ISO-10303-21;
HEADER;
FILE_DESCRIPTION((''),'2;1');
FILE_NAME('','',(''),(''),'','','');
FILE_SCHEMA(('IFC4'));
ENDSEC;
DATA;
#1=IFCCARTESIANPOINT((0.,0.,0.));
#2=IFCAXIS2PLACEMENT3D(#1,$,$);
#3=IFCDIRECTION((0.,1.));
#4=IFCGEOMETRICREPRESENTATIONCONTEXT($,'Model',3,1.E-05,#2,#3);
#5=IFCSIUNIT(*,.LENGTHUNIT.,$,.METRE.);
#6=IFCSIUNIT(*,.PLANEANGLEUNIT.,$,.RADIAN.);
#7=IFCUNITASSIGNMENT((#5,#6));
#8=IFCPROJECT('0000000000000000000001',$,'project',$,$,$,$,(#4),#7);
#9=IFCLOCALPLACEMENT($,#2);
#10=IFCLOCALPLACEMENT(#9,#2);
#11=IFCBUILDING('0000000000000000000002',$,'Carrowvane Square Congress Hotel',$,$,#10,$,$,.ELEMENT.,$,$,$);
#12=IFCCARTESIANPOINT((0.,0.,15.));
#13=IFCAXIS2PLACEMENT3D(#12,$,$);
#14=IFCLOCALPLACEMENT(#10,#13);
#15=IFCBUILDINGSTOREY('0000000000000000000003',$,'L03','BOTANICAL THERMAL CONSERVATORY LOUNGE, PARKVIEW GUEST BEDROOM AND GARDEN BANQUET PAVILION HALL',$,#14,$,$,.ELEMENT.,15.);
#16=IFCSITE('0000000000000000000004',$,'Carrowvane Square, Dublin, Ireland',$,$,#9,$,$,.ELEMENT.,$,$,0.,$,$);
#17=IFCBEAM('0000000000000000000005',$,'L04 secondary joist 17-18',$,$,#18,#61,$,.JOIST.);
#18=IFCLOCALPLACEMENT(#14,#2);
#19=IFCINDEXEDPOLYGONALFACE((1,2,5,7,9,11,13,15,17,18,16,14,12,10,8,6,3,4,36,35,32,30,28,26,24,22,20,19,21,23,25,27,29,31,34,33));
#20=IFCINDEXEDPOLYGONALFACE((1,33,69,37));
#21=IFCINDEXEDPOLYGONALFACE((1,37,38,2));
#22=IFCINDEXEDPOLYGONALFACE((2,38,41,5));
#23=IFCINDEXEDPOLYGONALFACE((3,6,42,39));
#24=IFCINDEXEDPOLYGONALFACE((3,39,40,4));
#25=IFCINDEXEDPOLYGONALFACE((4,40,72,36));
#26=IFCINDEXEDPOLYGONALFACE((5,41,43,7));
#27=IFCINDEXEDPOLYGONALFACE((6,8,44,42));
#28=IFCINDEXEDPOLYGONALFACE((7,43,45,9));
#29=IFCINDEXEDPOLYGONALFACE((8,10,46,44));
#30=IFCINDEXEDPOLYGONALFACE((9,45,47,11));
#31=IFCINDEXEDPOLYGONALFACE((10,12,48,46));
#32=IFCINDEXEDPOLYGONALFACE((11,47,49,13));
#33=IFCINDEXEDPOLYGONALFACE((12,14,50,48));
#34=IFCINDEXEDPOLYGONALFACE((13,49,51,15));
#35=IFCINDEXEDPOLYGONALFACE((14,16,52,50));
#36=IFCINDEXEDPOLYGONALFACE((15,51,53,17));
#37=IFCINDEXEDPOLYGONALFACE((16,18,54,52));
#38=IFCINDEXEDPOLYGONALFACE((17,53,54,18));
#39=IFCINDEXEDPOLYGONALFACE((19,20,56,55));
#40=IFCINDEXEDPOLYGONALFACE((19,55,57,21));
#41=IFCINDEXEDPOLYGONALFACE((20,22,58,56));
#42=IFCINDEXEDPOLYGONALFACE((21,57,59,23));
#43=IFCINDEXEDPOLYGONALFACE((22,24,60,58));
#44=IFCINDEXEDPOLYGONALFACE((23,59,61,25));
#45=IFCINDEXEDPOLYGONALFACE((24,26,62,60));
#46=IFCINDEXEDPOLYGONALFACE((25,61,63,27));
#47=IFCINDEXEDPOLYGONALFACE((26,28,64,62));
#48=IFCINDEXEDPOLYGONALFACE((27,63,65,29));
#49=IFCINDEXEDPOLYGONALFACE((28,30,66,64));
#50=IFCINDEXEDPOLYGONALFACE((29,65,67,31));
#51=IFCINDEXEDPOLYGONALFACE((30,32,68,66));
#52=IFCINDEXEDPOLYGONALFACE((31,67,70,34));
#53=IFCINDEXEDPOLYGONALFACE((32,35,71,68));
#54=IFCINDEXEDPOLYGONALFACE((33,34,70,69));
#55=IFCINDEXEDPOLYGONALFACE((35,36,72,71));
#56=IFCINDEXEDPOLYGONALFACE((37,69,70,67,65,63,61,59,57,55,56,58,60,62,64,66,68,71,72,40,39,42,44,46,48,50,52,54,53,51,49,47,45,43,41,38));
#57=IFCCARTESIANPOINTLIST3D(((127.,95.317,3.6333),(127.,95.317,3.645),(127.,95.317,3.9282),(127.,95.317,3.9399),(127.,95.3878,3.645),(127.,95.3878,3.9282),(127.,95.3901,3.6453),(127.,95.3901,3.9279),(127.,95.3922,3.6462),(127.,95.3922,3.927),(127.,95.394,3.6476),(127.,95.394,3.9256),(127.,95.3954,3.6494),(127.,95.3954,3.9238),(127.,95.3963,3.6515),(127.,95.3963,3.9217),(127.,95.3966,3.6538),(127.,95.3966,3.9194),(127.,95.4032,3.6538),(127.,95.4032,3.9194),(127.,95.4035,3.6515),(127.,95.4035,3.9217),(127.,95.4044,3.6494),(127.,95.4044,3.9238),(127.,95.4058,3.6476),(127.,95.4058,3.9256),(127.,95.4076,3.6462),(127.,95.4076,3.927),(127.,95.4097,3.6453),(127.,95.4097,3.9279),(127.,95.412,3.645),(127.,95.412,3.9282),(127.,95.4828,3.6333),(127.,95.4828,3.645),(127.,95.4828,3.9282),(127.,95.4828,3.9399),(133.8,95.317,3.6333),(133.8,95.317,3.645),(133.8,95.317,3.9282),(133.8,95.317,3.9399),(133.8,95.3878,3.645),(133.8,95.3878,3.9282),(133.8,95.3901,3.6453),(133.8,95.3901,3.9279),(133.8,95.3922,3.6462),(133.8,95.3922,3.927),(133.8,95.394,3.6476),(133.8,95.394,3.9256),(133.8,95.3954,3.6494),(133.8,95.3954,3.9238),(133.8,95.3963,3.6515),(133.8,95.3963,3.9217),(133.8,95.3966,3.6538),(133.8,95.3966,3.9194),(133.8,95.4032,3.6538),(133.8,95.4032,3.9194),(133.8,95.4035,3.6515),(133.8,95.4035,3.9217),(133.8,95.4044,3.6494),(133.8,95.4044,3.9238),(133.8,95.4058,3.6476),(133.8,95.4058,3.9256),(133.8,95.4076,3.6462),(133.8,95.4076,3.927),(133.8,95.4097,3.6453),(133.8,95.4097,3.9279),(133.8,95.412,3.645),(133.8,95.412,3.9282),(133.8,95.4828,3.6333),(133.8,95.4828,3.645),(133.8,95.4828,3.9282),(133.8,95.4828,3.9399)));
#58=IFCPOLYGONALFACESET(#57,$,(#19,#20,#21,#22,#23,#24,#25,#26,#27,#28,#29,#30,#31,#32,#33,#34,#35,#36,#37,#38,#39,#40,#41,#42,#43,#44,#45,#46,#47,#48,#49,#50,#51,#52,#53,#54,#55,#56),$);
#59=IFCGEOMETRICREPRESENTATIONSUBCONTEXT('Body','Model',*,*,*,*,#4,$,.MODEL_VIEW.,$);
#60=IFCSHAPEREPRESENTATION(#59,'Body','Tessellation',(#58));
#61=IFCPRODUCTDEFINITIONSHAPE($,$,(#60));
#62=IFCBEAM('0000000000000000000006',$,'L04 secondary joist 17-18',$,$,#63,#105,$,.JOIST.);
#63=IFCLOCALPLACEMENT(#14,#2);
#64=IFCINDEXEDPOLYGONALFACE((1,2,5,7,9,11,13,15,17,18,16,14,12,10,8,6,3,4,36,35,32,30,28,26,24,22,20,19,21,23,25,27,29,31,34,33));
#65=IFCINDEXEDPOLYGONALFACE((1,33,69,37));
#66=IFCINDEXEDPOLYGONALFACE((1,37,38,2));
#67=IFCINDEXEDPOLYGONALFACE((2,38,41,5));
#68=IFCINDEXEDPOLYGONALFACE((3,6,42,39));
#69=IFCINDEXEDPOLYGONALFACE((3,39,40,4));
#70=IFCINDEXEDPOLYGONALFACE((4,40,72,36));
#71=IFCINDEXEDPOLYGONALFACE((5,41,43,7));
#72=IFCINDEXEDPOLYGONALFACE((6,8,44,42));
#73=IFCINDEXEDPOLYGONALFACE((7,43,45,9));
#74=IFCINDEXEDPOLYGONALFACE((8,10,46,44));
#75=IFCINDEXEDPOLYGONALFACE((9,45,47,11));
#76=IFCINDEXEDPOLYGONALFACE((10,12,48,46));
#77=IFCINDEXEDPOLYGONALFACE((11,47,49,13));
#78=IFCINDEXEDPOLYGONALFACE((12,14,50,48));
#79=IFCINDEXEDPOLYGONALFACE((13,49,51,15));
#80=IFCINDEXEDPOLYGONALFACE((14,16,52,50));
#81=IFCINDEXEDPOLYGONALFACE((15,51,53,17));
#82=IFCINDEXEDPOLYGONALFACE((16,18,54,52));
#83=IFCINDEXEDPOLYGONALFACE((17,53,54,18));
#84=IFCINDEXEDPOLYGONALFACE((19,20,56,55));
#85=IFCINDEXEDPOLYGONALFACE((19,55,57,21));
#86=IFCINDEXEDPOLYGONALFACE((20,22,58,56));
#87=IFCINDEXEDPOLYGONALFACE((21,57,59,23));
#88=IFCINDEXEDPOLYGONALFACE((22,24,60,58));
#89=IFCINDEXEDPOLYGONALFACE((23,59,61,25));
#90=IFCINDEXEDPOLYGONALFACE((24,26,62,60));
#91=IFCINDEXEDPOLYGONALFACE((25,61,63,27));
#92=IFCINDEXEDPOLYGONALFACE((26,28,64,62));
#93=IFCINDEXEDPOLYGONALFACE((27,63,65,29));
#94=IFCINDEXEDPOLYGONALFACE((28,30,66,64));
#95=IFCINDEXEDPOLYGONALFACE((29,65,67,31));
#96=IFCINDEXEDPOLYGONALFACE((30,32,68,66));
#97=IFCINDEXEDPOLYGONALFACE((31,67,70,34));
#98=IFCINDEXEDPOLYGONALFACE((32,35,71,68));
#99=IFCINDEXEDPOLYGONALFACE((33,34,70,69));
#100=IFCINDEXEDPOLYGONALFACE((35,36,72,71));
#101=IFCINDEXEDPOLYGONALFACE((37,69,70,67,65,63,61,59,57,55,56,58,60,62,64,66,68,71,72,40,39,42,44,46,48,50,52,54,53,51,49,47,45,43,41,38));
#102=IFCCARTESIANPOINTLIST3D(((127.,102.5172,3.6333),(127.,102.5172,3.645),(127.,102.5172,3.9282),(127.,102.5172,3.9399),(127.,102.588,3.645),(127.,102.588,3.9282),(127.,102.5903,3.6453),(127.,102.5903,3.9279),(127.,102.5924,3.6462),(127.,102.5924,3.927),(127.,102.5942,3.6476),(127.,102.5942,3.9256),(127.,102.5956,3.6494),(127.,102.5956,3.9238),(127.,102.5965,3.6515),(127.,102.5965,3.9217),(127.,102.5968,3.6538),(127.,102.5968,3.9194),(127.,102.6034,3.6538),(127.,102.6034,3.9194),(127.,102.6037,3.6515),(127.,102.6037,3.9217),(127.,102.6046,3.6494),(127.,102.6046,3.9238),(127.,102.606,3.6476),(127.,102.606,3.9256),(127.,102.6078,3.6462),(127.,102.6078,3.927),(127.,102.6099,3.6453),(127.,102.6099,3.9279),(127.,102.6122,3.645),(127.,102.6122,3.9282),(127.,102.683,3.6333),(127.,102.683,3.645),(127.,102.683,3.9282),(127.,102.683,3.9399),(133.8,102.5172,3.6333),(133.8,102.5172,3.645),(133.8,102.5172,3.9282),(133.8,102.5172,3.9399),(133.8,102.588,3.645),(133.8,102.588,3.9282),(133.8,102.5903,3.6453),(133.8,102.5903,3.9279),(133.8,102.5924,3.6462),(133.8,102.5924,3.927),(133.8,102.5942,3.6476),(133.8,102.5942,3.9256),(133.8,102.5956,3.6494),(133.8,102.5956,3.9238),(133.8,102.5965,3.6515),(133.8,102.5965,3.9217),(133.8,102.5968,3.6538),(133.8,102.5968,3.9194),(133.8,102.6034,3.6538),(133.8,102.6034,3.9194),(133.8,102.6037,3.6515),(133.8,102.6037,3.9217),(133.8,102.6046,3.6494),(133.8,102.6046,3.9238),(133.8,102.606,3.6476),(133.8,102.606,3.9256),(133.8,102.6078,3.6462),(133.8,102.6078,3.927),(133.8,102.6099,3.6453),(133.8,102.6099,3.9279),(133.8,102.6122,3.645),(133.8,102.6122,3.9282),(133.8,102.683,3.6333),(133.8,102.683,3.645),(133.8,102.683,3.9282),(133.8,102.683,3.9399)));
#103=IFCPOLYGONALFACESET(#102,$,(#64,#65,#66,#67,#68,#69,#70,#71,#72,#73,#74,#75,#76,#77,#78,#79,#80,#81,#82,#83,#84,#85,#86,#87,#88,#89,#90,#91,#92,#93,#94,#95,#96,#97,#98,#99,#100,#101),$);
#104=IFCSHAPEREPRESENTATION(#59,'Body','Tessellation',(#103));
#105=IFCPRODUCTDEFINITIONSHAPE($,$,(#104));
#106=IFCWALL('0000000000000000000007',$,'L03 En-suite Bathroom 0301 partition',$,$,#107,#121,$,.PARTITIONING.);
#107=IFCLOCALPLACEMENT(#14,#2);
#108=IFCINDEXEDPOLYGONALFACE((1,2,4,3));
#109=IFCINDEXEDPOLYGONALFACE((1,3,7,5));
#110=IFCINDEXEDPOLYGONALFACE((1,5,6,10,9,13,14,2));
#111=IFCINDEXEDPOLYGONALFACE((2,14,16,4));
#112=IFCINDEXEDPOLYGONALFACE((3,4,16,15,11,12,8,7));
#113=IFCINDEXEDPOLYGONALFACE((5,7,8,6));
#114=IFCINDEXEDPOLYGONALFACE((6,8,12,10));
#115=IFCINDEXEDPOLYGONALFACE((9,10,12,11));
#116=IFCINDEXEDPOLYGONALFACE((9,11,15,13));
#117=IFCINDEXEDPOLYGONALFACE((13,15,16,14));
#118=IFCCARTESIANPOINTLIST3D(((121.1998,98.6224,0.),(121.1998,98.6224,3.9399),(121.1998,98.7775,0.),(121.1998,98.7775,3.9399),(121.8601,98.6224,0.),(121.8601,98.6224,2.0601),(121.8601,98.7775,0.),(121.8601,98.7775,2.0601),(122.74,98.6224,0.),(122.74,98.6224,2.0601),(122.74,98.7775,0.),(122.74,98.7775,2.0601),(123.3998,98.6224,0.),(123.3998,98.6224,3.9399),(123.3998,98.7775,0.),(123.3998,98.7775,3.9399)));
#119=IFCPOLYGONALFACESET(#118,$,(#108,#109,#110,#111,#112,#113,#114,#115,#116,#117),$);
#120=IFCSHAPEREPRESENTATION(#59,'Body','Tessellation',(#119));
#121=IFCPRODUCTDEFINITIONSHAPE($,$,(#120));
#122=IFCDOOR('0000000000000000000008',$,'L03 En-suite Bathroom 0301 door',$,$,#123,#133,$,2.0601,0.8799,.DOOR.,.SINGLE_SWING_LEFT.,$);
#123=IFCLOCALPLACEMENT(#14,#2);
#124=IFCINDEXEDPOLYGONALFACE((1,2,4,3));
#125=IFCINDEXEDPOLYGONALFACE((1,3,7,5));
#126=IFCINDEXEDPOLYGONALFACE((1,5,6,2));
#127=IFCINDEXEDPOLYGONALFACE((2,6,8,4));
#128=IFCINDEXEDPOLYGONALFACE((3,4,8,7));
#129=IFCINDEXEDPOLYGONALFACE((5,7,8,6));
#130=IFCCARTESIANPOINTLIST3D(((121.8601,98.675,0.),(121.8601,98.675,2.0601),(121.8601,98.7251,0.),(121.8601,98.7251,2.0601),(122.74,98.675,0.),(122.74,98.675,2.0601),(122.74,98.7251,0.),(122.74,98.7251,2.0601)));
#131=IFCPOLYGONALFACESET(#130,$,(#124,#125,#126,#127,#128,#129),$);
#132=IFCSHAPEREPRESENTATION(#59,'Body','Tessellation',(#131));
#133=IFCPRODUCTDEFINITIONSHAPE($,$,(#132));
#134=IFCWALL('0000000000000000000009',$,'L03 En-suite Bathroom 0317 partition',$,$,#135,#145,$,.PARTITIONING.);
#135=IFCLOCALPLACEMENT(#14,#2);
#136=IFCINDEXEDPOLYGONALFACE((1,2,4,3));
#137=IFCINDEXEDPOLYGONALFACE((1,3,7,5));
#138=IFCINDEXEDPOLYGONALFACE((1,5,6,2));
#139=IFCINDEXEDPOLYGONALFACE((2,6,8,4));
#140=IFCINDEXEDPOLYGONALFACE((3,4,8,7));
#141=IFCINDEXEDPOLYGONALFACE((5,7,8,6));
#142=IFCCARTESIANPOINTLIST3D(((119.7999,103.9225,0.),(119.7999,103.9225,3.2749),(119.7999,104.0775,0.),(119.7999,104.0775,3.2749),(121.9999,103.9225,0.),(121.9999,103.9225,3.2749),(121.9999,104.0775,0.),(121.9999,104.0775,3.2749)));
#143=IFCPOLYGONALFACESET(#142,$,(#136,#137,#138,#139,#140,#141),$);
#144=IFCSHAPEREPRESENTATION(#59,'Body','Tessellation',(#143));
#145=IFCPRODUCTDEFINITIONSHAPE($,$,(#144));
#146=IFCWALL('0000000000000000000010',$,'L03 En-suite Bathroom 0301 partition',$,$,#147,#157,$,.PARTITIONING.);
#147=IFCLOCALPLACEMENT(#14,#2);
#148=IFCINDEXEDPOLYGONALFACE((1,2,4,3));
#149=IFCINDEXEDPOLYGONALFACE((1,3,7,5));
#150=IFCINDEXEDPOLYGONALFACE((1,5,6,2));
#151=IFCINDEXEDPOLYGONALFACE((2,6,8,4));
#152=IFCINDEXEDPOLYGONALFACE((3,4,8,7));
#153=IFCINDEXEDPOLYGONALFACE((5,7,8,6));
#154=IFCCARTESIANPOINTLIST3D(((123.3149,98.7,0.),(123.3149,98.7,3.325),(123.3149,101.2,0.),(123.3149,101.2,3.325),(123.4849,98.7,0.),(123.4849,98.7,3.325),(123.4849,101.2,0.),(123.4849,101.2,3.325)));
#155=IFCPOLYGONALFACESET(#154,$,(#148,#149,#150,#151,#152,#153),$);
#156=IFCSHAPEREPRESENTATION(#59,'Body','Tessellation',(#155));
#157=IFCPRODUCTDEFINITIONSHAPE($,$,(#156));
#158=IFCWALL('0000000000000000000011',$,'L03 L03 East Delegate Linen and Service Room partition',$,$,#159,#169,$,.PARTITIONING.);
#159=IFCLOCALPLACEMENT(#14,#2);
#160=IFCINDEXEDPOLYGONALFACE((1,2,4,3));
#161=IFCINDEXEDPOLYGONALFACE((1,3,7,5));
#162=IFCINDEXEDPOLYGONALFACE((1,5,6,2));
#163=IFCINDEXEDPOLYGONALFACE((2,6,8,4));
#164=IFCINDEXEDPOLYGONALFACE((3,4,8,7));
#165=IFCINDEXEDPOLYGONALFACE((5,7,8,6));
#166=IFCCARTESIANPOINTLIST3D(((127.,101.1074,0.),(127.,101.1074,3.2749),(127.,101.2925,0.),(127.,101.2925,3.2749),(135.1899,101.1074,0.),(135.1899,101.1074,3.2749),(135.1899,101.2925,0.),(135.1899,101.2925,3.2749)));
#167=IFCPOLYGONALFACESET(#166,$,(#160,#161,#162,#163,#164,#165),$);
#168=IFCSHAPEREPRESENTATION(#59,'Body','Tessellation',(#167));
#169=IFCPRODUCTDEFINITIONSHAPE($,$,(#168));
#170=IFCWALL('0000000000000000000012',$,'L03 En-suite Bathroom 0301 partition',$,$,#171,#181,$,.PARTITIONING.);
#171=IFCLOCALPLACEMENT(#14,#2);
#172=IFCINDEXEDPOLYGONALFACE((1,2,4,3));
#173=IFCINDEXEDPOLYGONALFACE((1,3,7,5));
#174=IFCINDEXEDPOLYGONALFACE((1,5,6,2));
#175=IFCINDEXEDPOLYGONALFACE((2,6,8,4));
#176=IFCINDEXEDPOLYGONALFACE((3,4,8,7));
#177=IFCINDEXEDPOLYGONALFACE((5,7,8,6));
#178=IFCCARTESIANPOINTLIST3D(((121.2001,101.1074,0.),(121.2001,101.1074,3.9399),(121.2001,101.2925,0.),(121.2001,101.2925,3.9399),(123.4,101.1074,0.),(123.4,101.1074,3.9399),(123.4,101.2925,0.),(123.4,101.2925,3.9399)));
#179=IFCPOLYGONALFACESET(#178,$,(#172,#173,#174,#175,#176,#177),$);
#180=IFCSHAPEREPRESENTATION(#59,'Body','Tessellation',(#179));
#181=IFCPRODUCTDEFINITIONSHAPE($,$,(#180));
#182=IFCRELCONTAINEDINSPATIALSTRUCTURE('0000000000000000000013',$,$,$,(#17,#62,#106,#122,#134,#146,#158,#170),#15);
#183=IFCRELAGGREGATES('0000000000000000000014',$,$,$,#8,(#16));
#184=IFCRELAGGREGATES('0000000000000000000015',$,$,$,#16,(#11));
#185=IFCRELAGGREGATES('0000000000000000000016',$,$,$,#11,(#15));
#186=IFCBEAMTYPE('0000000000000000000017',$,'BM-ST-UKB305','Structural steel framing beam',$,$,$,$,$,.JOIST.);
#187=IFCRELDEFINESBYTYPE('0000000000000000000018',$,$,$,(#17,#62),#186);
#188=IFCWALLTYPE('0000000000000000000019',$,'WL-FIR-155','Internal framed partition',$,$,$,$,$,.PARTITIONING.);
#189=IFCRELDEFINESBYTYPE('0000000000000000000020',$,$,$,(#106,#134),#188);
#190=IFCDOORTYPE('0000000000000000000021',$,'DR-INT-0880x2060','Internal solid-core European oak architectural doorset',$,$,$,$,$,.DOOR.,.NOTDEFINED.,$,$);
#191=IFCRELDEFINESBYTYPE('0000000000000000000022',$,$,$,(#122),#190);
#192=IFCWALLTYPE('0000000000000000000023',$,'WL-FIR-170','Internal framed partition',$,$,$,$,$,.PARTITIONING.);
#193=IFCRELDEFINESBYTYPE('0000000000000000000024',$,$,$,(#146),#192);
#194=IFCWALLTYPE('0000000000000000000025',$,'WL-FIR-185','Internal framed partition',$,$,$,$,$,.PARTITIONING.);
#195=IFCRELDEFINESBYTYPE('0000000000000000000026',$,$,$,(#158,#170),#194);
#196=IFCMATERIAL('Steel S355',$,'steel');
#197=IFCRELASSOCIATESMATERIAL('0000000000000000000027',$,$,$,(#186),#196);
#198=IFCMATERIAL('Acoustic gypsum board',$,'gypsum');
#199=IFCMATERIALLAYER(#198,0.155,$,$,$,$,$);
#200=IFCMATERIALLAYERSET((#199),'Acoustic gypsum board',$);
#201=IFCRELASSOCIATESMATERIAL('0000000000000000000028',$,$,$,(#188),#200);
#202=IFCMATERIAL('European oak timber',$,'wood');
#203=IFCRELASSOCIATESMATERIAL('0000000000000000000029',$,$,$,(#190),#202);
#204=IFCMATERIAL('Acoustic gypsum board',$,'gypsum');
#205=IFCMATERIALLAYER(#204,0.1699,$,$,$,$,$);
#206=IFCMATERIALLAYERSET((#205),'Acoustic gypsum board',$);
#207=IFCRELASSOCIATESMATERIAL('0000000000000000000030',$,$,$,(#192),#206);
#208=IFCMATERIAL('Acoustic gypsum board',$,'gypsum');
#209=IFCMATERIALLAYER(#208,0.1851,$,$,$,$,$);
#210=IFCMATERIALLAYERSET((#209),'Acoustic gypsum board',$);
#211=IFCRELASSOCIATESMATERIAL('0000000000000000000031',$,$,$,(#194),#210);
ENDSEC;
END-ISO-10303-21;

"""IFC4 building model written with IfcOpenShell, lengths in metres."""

from ifc_helpers import new_model, si_unit, direction, frame, frame_2d, origin, origin_2d, place, context, subcontext, project, spatial, rectangle, i_section, extrude, material, layer, layer_set, material_profile, profile_set, type_object, element, fill, save


model = new_model("IFC4")

# Units and contexts
model_context = context("Model", 3, precision=1e-05, world=origin(), true_north=direction((0.0, 1.0)))
body_context = subcontext(model_context, "Body", "Model", "MODEL_VIEW")
ifc_project = project(units=[si_unit("LENGTHUNIT", "METRE"), si_unit("PLANEANGLEUNIT", "RADIAN")], contexts=[model_context])

# Site, building, storey
site_placement = place(None, origin())
site = spatial("IfcSite", under=ifc_project, at=site_placement, Name="Carrowvane Square, Dublin, Ireland", CompositionType="ELEMENT", RefElevation=0.0)
building_placement = place(site_placement, origin())
building = spatial("IfcBuilding", under=site, at=building_placement, Name="Carrowvane Square Congress Hotel", CompositionType="ELEMENT")
storey_placement = place(building_placement, frame((0.0, 0.0, 15.0)))
storey = spatial("IfcBuildingStorey", under=building, at=storey_placement, Name="L03", Description="BOTANICAL THERMAL CONSERVATORY LOUNGE, PARKVIEW GUEST BEDROOM AND GARDEN BANQUET PAVILION HALL", CompositionType="ELEMENT", Elevation=15.0)

# Beams
ifc_material_1 = material(Name="Steel S355", Category="steel")
ifc_material_profile_1 = material_profile(ifc_material_1, i_section(OverallWidth=0.1658, OverallDepth=0.3066, WebThickness=0.0066, FlangeThickness=0.0117, FilletRadius=0.0088, at=origin_2d()), Name="UKB 305x165x46")
ifc_profile_set_1 = profile_set([ifc_material_profile_1], Name="Steel S355")
beam_type_1 = type_object("IfcBeamType", Name="BM-ST-UKB305", Description="Structural steel framing beam", PredefinedType="JOIST", material=ifc_profile_set_1)
for number, where, z_axis, x_axis, name in (
    (1, (127.0, 95.3999, 3.7866), (1.0, 0.0, 0.0), (0.0, 1.0, 0.0), "L04 secondary joist 17-18"),
    (2, (127.0, 102.6001, 3.7866), (1.0, 0.0, 0.0), (0.0, 1.0, 0.0), "L04 secondary joist 17-18"),
):
    element("IfcBeam", number, at=place(storey_placement, frame(where, z_axis=z_axis, x_axis=x_axis)), inside=storey, type_object=beam_type_1, Name=name, PredefinedType="JOIST", context=body_context, shape_type="SweptSolid", body=[
        extrude(i_section(OverallWidth=0.1658, OverallDepth=0.3066, WebThickness=0.0066, FlangeThickness=0.0117, FilletRadius=0.0088, at=origin_2d()), origin(), (0.0, 0.0, 1.0), 6.8),
    ])

# Wall, opening, door
ifc_material_2 = material(Name="Acoustic gypsum board", Category="gypsum")
ifc_layer_1 = layer(ifc_material_2, 0.155)
ifc_layer_set_1 = layer_set([ifc_layer_1], Name="Acoustic gypsum board")
wall_type_1 = type_object("IfcWallType", Name="WL-FIR-155", Description="Internal framed partition", PredefinedType="PARTITIONING", material=ifc_layer_set_1)
wall_1_placement = place(storey_placement, frame((123.3999, 98.7, 0.0), z_axis=(0.0, 0.0, 1.0), x_axis=(-1.0, 0.0, 0.0)))
wall_1 = element("IfcWall", 3, at=wall_1_placement, inside=storey, type_object=wall_type_1, Name="L03 En-suite Bathroom 0301 partition", PredefinedType="PARTITIONING", context=body_context, shape_type="SweptSolid", body=[
    extrude(rectangle(XDim=2.2, YDim=0.155, at=frame_2d((1.1001, 0.0))), origin(), (0.0, 0.0, 1.0), 3.9399),
])
opening_1_placement = place(wall_1_placement, frame((0.6599, 0.0, 0.0)))
opening_1 = element("IfcOpeningElement", 4, at=opening_1_placement, cuts=wall_1, PredefinedType="OPENING", context=body_context, shape_type="SweptSolid", body=[
    extrude(rectangle(XDim=0.8799, YDim=2.0601, at=frame_2d((0.4399, 1.03))), frame((0.0, 0.0874, 0.0), z_axis=(0.0, -1.0, 0.0), x_axis=(1.0, 0.0, 0.0)), (0.0, 0.0, 1.0), 0.175),
])
ifc_material_3 = material(Name="European oak timber", Category="wood")
door_type_1 = type_object("IfcDoorType", Name="DR-INT-0880x2060", Description="Internal solid-core European oak architectural doorset", OperationType="NOTDEFINED", PredefinedType="DOOR", material=ifc_material_3)
door_1_placement = place(opening_1_placement, origin())
door_1 = element("IfcDoor", 5, at=door_1_placement, inside=storey, type_object=door_type_1, Name="L03 En-suite Bathroom 0301 door", OperationType="SINGLE_SWING_LEFT", OverallHeight=2.0601, OverallWidth=0.8799, PredefinedType="DOOR", context=body_context, shape_type="SweptSolid", body=[
    extrude(rectangle(XDim=0.8799, YDim=2.0601, at=frame_2d((0.4399, 1.03))), frame((0.0, 0.0249, 0.0), z_axis=(0.0, -1.0, 0.0), x_axis=(1.0, 0.0, 0.0)), (0.0, 0.0, 1.0), 0.05),
])
fill(opening_1, door_1)

# Walls
wall_2_placement = place(storey_placement, frame((122.0, 104.0, 0.0), z_axis=(0.0, 0.0, 1.0), x_axis=(-1.0, 0.0, 0.0)))
element("IfcWall", 6, at=wall_2_placement, inside=storey, type_object=wall_type_1, Name="L03 En-suite Bathroom 0317 partition", PredefinedType="PARTITIONING", context=body_context, shape_type="SweptSolid", body=[
    extrude(rectangle(XDim=2.2, YDim=0.155, at=frame_2d((1.1001, 0.0))), origin(), (0.0, 0.0, 1.0), 3.2749),
])
ifc_material_4 = material(Name="Acoustic gypsum board", Category="gypsum")
ifc_layer_2 = layer(ifc_material_4, 0.1699)
ifc_layer_set_2 = layer_set([ifc_layer_2], Name="Acoustic gypsum board")
wall_type_2 = type_object("IfcWallType", Name="WL-FIR-170", Description="Internal framed partition", PredefinedType="PARTITIONING", material=ifc_layer_set_2)
wall_3_placement = place(storey_placement, frame((123.3999, 101.2, 0.0), z_axis=(0.0, 0.0, 1.0), x_axis=(0.0, -1.0, 0.0)))
element("IfcWall", 7, at=wall_3_placement, inside=storey, type_object=wall_type_2, Name="L03 En-suite Bathroom 0301 partition", PredefinedType="PARTITIONING", context=body_context, shape_type="SweptSolid", body=[
    extrude(rectangle(XDim=2.5, YDim=0.1699, at=frame_2d((1.25, 0.0))), origin(), (0.0, 0.0, 1.0), 3.325),
])
ifc_material_5 = material(Name="Acoustic gypsum board", Category="gypsum")
ifc_layer_3 = layer(ifc_material_5, 0.1851)
ifc_layer_set_3 = layer_set([ifc_layer_3], Name="Acoustic gypsum board")
wall_type_3 = type_object("IfcWallType", Name="WL-FIR-185", Description="Internal framed partition", PredefinedType="PARTITIONING", material=ifc_layer_set_3)
wall_4_placement = place(storey_placement, frame((127.0, 101.2, 0.0), z_axis=(0.0, 0.0, 1.0), x_axis=(1.0, 0.0, 0.0)))
element("IfcWall", 8, at=wall_4_placement, inside=storey, type_object=wall_type_3, Name="L03 L03 East Delegate Linen and Service Room partition", PredefinedType="PARTITIONING", context=body_context, shape_type="SweptSolid", body=[
    extrude(rectangle(XDim=8.1899, YDim=0.1851, at=frame_2d((4.095, 0.0))), origin(), (0.0, 0.0, 1.0), 3.2749),
])
wall_5_placement = place(storey_placement, frame((121.2, 101.2, 0.0), z_axis=(0.0, 0.0, 1.0), x_axis=(1.0, 0.0, 0.0)))
element("IfcWall", 9, at=wall_5_placement, inside=storey, type_object=wall_type_3, Name="L03 En-suite Bathroom 0301 partition", PredefinedType="PARTITIONING", context=body_context, shape_type="SweptSolid", body=[
    extrude(rectangle(XDim=2.2, YDim=0.1851, at=frame_2d((1.1001, 0.0))), origin(), (0.0, 0.0, 1.0), 3.9399),
])

save(model, "model.ifc")
